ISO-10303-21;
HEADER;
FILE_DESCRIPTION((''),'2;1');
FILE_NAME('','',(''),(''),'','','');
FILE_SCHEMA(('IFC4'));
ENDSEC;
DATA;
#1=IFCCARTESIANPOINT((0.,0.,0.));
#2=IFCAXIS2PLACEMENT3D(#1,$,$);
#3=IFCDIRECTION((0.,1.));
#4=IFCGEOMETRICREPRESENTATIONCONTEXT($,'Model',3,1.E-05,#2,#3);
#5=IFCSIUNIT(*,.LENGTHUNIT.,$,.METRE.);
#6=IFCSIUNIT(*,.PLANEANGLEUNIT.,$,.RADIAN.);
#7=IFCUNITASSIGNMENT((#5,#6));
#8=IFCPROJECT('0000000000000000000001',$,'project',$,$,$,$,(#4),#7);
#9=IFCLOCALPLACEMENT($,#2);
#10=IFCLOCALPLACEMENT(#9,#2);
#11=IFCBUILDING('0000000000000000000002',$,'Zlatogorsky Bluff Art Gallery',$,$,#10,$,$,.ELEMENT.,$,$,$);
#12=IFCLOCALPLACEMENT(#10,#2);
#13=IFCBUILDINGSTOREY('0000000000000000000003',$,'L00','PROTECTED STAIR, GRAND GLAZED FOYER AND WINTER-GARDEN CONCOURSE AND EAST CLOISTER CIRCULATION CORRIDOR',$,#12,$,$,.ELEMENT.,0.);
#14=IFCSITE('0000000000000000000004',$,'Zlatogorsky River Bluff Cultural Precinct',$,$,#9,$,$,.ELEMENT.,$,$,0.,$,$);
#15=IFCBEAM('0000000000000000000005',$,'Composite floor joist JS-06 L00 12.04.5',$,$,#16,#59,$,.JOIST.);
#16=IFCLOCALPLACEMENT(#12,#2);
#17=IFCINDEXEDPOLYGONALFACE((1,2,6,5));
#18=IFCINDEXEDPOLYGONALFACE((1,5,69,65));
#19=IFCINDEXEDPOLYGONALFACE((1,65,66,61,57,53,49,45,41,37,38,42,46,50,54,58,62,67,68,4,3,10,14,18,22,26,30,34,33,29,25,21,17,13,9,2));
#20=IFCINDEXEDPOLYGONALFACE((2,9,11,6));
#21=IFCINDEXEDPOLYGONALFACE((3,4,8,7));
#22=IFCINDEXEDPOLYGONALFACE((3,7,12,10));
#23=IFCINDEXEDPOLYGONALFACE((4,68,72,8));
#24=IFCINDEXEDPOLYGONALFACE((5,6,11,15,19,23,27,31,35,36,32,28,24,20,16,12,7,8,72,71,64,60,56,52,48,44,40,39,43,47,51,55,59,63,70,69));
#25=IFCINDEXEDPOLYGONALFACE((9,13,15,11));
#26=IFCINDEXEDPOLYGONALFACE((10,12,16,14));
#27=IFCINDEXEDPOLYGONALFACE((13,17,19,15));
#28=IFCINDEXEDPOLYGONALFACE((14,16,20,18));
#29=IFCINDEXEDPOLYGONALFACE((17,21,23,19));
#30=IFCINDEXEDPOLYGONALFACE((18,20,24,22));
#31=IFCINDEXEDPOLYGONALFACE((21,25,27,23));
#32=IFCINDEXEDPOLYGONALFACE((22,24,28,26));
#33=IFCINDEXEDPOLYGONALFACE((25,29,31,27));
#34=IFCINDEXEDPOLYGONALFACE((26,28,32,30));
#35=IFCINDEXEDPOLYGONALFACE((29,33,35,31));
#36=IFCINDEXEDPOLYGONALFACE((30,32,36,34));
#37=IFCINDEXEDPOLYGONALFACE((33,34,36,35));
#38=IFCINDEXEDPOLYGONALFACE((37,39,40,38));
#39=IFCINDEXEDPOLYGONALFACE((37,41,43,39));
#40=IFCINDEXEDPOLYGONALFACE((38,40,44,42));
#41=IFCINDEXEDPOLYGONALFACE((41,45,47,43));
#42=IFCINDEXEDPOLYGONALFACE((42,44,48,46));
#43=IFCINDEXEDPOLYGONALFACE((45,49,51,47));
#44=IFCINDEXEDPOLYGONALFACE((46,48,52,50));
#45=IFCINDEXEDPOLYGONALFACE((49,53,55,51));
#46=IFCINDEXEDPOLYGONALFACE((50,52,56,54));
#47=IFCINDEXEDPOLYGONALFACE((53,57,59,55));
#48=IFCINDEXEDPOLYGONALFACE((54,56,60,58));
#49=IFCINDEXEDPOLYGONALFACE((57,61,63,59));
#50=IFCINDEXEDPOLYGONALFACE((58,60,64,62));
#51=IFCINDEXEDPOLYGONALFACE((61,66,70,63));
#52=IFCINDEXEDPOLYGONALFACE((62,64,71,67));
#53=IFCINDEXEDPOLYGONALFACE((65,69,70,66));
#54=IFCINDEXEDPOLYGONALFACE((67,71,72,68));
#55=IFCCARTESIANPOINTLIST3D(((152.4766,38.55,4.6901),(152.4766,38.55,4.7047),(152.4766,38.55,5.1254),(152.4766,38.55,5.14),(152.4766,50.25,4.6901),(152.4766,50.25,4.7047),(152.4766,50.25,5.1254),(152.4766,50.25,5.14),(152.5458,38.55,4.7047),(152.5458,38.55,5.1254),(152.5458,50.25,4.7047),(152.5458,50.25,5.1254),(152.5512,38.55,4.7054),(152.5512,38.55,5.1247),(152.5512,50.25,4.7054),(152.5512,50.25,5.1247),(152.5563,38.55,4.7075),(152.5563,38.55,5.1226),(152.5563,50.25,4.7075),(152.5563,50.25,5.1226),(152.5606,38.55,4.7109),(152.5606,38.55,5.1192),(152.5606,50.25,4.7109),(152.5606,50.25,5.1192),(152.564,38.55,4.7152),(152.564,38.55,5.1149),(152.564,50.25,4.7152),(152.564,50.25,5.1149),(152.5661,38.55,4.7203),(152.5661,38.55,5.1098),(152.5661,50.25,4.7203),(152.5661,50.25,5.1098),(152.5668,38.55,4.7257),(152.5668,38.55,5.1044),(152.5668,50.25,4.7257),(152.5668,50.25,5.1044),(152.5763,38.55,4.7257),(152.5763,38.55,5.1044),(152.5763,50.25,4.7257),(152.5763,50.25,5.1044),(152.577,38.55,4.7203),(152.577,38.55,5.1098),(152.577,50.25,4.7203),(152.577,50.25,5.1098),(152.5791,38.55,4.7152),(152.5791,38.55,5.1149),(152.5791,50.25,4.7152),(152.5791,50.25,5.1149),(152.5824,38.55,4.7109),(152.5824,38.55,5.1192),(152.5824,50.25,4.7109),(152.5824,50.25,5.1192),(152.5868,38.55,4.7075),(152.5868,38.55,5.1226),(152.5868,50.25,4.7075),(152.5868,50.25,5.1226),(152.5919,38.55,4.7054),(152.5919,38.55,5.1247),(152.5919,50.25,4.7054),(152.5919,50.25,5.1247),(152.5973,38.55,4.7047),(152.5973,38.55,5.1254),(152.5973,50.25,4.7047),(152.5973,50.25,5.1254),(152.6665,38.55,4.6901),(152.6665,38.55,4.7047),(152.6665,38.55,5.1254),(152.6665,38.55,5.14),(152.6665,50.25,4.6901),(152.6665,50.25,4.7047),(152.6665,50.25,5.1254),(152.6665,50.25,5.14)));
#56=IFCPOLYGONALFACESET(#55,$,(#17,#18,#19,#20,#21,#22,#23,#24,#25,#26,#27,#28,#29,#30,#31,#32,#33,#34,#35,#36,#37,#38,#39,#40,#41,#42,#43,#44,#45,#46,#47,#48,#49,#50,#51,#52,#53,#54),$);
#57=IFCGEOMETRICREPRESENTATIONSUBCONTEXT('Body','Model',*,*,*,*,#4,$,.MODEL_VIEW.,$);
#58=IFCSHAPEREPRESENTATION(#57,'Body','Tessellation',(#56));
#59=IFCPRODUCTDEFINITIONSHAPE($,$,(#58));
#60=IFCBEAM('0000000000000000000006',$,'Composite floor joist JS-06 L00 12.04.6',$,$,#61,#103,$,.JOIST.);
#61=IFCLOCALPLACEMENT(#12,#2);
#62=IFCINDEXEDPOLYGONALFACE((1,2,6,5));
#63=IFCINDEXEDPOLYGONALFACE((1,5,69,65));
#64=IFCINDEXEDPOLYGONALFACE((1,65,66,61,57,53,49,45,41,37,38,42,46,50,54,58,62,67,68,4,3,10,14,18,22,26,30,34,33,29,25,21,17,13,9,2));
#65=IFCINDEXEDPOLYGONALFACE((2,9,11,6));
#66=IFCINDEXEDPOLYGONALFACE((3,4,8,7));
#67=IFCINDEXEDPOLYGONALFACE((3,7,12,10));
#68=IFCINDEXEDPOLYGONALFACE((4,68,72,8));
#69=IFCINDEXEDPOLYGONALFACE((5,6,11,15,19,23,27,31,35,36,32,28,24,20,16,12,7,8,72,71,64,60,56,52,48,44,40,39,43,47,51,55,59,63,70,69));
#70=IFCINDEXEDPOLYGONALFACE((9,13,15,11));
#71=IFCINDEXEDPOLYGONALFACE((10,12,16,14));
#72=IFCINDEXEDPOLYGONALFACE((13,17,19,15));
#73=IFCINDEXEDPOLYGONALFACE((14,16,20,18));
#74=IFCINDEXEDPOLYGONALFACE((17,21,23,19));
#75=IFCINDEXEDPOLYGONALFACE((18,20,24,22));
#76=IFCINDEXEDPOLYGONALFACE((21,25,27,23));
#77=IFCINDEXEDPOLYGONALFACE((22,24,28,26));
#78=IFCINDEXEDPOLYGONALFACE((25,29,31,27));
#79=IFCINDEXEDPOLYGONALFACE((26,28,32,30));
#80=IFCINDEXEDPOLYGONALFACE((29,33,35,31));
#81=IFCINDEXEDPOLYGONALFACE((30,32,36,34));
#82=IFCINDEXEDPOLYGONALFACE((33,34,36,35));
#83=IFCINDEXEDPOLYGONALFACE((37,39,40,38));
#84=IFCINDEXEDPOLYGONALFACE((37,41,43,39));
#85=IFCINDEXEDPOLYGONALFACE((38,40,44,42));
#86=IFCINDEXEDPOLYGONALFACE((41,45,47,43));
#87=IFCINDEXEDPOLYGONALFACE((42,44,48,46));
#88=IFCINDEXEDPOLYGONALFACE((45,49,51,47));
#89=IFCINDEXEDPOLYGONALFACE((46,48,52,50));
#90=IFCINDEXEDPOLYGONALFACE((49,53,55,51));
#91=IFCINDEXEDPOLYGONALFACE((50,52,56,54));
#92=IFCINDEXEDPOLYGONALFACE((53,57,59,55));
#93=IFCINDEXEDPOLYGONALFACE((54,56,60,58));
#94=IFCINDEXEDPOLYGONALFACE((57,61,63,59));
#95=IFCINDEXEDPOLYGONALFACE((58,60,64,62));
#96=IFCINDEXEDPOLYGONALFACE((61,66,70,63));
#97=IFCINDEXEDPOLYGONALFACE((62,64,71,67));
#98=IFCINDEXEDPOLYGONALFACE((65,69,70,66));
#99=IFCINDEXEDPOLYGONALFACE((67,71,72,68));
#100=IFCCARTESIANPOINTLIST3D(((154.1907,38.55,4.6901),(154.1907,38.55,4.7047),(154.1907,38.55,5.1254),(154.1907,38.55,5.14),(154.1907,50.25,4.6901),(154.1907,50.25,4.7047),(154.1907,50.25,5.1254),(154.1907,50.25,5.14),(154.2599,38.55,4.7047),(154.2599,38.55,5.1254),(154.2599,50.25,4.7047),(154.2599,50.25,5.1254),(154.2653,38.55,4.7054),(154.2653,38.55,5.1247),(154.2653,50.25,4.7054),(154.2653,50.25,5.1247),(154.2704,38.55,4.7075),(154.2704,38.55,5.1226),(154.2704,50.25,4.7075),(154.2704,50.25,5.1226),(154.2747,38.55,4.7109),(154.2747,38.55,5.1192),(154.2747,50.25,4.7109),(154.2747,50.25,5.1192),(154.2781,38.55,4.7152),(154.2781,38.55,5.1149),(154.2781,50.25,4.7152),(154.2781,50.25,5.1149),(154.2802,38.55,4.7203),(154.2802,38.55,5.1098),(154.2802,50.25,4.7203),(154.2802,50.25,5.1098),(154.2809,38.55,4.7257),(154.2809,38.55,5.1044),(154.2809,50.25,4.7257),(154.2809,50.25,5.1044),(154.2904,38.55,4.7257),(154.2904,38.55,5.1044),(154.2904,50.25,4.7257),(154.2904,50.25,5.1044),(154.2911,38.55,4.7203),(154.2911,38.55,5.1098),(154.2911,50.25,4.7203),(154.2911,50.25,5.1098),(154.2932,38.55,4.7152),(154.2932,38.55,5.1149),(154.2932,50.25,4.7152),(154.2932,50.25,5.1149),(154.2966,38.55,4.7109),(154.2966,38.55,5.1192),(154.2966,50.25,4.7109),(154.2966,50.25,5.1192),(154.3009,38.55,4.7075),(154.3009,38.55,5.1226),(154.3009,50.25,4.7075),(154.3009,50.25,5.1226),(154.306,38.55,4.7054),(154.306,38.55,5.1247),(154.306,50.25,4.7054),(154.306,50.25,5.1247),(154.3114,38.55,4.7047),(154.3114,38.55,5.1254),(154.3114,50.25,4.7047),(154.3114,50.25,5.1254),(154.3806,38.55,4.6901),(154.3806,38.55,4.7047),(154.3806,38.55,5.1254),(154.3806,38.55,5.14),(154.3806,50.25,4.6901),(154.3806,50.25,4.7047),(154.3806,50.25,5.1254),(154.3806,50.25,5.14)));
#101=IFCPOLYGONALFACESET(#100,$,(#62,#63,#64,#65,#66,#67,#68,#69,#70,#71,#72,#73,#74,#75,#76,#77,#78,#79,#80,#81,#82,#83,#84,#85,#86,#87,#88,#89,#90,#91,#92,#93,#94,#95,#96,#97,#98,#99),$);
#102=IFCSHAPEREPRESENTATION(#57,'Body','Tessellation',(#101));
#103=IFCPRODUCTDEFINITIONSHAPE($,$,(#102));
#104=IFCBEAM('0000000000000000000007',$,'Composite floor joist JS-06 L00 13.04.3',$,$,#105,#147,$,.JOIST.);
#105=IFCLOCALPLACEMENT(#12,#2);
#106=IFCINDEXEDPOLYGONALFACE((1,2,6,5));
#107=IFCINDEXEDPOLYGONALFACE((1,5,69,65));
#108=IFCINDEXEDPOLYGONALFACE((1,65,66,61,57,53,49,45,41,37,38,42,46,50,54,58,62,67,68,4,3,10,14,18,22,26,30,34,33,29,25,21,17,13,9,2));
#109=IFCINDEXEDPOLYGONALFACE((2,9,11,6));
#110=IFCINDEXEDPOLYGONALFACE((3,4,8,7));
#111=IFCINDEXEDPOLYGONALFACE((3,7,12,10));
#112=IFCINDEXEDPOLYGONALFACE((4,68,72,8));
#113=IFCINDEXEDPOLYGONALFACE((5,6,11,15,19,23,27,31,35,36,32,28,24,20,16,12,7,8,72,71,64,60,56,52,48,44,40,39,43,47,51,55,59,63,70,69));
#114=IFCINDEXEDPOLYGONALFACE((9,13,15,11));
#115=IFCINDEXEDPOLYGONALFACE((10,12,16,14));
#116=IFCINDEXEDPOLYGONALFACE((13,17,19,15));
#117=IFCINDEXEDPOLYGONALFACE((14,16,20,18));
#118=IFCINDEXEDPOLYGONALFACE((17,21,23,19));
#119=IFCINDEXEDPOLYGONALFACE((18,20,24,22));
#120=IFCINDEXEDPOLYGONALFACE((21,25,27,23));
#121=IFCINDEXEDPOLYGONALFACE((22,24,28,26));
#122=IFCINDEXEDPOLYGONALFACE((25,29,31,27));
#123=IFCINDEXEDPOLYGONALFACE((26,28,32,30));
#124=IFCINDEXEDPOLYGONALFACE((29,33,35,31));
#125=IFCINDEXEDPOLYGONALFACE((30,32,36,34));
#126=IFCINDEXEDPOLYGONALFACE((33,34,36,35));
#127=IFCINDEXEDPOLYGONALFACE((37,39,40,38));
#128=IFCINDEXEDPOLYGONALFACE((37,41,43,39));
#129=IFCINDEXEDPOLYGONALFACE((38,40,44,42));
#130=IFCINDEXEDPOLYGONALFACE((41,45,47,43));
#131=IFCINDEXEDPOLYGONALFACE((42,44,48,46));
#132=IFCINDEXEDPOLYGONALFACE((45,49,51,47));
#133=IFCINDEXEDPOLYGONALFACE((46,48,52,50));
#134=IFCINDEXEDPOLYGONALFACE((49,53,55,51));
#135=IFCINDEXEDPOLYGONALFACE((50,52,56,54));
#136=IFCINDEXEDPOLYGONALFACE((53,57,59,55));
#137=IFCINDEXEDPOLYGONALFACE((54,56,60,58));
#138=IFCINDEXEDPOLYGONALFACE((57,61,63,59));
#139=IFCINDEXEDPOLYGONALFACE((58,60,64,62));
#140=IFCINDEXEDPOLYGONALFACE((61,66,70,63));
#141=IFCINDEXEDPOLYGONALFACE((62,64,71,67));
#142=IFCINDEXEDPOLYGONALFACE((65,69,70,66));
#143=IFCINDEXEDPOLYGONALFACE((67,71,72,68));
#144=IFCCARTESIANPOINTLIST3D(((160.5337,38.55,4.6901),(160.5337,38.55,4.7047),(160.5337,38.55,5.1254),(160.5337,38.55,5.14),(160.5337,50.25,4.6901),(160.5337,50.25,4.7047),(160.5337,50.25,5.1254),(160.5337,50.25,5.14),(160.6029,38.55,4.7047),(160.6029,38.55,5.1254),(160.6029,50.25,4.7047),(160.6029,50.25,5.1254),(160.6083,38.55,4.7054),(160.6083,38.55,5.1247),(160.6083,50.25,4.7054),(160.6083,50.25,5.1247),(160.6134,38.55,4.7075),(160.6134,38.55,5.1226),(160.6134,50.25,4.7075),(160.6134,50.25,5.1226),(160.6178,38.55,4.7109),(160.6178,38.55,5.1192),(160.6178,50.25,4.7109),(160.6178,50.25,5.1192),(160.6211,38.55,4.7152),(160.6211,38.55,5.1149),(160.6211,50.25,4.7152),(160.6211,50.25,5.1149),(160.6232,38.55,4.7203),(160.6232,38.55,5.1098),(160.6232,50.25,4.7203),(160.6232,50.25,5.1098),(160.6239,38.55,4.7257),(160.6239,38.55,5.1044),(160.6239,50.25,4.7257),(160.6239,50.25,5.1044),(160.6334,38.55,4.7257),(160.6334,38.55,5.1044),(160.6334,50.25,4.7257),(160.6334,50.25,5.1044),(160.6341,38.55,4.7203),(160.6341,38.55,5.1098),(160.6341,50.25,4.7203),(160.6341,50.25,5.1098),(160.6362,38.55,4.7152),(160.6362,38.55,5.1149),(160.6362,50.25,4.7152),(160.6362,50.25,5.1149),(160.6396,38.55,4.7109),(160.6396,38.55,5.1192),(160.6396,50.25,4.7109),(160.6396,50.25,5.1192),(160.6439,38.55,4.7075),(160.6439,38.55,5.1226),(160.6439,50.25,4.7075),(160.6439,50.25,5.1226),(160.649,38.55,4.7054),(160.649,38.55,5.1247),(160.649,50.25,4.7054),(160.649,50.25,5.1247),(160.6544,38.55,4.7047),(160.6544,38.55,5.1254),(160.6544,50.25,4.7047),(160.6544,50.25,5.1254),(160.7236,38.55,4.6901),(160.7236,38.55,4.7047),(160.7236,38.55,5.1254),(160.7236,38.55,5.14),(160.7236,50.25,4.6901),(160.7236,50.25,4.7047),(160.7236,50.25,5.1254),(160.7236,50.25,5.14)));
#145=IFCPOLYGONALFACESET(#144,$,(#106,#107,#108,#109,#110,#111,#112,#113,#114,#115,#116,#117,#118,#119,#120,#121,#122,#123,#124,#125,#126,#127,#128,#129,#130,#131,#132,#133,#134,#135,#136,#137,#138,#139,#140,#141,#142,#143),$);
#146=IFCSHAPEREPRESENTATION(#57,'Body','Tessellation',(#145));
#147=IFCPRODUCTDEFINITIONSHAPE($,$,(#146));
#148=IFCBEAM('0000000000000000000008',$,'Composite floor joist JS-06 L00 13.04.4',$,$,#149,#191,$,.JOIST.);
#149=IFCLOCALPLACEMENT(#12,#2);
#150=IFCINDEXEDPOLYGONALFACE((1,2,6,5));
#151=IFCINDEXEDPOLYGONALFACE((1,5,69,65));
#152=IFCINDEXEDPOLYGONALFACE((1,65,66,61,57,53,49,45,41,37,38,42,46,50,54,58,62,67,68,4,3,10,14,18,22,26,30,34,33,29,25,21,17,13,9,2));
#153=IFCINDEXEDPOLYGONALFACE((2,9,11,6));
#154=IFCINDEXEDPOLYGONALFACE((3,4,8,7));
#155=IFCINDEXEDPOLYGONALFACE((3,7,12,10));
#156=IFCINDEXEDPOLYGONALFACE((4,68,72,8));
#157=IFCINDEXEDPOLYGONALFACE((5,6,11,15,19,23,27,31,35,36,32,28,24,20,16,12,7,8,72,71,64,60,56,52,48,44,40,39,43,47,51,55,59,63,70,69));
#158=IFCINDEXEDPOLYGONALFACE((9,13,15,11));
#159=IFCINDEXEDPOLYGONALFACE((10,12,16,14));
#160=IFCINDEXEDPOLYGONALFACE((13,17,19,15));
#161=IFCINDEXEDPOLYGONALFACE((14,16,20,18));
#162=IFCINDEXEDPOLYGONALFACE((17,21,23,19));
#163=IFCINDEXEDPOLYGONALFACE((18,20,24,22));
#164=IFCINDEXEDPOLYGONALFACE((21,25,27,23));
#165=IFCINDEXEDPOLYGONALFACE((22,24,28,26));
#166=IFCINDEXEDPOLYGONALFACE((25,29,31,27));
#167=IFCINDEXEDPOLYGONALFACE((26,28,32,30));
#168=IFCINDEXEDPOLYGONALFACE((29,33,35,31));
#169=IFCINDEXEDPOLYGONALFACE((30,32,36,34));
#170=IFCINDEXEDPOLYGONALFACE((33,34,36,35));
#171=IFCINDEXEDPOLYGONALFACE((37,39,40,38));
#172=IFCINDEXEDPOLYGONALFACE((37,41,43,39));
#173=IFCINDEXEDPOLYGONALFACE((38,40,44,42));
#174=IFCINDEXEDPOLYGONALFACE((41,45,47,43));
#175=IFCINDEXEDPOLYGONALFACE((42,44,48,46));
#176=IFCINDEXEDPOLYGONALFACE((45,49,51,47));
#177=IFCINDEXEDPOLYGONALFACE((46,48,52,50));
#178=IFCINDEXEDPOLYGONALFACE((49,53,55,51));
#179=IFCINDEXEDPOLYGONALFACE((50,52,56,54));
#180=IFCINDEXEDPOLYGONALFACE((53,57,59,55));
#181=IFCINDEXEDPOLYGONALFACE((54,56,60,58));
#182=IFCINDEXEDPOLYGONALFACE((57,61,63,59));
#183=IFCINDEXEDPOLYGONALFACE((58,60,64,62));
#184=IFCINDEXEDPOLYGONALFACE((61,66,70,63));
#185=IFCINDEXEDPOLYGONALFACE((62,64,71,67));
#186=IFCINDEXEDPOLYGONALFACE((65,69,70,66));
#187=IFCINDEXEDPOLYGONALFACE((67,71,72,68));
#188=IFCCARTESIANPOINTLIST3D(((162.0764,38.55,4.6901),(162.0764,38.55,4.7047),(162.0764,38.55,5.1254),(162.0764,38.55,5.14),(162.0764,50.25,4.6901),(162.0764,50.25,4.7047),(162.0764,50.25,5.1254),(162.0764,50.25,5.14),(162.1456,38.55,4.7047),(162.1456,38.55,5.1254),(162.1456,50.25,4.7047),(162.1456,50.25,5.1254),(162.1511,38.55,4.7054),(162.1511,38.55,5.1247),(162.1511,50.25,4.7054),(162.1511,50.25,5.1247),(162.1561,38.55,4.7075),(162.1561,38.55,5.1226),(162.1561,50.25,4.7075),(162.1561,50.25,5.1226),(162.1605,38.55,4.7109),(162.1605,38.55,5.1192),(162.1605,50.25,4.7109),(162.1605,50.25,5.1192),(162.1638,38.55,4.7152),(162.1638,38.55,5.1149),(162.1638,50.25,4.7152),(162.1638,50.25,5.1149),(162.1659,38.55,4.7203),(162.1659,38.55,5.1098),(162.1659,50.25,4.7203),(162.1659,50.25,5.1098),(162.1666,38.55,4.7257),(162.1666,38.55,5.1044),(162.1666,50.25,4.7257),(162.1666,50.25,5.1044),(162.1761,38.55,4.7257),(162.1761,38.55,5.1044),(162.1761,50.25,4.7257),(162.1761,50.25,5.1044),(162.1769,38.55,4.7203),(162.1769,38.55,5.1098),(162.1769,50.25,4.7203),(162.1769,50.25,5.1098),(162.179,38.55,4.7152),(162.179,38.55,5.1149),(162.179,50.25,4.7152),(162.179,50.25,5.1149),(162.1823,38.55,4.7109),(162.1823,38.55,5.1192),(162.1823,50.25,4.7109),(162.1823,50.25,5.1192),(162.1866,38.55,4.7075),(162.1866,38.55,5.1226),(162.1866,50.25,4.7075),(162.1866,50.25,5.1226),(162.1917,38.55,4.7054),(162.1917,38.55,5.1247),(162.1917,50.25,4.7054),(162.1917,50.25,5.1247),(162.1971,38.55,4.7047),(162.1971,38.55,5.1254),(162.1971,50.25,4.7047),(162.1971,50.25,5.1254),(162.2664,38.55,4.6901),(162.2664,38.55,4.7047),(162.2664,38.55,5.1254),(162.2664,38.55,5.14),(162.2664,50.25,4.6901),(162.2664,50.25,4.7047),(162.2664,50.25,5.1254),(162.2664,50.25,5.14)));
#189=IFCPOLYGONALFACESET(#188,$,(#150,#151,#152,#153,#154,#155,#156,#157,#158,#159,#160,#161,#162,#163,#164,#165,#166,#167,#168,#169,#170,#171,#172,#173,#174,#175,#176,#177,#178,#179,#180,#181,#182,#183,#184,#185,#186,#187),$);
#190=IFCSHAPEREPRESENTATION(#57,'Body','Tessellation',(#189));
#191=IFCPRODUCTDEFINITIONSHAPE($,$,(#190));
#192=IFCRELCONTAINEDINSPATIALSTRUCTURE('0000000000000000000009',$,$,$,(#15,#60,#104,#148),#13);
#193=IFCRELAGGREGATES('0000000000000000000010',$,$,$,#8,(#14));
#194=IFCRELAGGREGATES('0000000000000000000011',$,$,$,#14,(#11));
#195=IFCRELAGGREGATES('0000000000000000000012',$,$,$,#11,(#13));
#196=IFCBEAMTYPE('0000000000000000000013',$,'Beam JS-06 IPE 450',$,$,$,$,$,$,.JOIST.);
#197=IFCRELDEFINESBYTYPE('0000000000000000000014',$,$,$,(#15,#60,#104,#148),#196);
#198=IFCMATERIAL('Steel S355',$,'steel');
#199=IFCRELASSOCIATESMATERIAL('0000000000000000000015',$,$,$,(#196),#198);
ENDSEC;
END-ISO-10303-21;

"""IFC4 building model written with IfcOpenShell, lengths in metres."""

from ifc_helpers import new_model, si_unit, direction, frame, origin, origin_2d, place, context, subcontext, project, spatial, i_section, extrude, material, material_profile, profile_set, type_object, element, save


model = new_model("IFC4")

# Units and contexts
model_context = context("Model", 3, precision=1e-05, world=origin(), true_north=direction((0.0, 1.0)))
body_context = subcontext(model_context, "Body", "Model", "MODEL_VIEW")
ifc_project = project(units=[si_unit("LENGTHUNIT", "METRE"), si_unit("PLANEANGLEUNIT", "RADIAN")], contexts=[model_context])

# Site, building, storey
site_placement = place(None, origin())
site = spatial("IfcSite", under=ifc_project, at=site_placement, Name="Zlatogorsky River Bluff Cultural Precinct", CompositionType="ELEMENT", RefElevation=0.0)
building_placement = place(site_placement, origin())
building = spatial("IfcBuilding", under=site, at=building_placement, Name="Zlatogorsky Bluff Art Gallery", CompositionType="ELEMENT")
storey_placement = place(building_placement, origin())
storey = spatial("IfcBuildingStorey", under=building, at=storey_placement, Name="L00", Description="PROTECTED STAIR, GRAND GLAZED FOYER AND WINTER-GARDEN CONCOURSE AND EAST CLOISTER CIRCULATION CORRIDOR", CompositionType="ELEMENT", Elevation=0.0)

# Beams
ifc_material_1 = material(Name="Steel S355", Category="steel")
ifc_material_profile_1 = material_profile(ifc_material_1, i_section(OverallWidth=0.1899, OverallDepth=0.45, WebThickness=0.0095, FlangeThickness=0.0146, FilletRadius=0.021, at=origin_2d()), Name="IPE 450")
ifc_profile_set_1 = profile_set([ifc_material_profile_1], Name="Steel S355")
beam_type_1 = type_object("IfcBeamType", Name="Beam JS-06 IPE 450", PredefinedType="JOIST", material=ifc_profile_set_1)
for number, where, z_axis, x_axis, name in (
    (1, (152.5715, 38.55, 4.915), (0.0, 1.0, 0.0), (-1.0, 0.0, 0.0), "Composite floor joist JS-06 L00 12.04.5"),
    (2, (154.2856, 38.55, 4.915), (0.0, 1.0, 0.0), (-1.0, 0.0, 0.0), "Composite floor joist JS-06 L00 12.04.6"),
    (3, (160.6287, 38.55, 4.915), (0.0, 1.0, 0.0), (-1.0, 0.0, 0.0), "Composite floor joist JS-06 L00 13.04.3"),
    (4, (162.1714, 38.55, 4.915), (0.0, 1.0, 0.0), (-1.0, 0.0, 0.0), "Composite floor joist JS-06 L00 13.04.4"),
):
    element("IfcBeam", number, at=place(storey_placement, frame(where, z_axis=z_axis, x_axis=x_axis)), inside=storey, type_object=beam_type_1, Name=name, PredefinedType="JOIST", context=body_context, shape_type="SweptSolid", body=[
        extrude(i_section(OverallWidth=0.1899, OverallDepth=0.45, WebThickness=0.0095, FlangeThickness=0.0146, FilletRadius=0.021, at=origin_2d()), origin(), (0.0, 0.0, 1.0), 11.7),
    ])

save(model, "model.ifc")
